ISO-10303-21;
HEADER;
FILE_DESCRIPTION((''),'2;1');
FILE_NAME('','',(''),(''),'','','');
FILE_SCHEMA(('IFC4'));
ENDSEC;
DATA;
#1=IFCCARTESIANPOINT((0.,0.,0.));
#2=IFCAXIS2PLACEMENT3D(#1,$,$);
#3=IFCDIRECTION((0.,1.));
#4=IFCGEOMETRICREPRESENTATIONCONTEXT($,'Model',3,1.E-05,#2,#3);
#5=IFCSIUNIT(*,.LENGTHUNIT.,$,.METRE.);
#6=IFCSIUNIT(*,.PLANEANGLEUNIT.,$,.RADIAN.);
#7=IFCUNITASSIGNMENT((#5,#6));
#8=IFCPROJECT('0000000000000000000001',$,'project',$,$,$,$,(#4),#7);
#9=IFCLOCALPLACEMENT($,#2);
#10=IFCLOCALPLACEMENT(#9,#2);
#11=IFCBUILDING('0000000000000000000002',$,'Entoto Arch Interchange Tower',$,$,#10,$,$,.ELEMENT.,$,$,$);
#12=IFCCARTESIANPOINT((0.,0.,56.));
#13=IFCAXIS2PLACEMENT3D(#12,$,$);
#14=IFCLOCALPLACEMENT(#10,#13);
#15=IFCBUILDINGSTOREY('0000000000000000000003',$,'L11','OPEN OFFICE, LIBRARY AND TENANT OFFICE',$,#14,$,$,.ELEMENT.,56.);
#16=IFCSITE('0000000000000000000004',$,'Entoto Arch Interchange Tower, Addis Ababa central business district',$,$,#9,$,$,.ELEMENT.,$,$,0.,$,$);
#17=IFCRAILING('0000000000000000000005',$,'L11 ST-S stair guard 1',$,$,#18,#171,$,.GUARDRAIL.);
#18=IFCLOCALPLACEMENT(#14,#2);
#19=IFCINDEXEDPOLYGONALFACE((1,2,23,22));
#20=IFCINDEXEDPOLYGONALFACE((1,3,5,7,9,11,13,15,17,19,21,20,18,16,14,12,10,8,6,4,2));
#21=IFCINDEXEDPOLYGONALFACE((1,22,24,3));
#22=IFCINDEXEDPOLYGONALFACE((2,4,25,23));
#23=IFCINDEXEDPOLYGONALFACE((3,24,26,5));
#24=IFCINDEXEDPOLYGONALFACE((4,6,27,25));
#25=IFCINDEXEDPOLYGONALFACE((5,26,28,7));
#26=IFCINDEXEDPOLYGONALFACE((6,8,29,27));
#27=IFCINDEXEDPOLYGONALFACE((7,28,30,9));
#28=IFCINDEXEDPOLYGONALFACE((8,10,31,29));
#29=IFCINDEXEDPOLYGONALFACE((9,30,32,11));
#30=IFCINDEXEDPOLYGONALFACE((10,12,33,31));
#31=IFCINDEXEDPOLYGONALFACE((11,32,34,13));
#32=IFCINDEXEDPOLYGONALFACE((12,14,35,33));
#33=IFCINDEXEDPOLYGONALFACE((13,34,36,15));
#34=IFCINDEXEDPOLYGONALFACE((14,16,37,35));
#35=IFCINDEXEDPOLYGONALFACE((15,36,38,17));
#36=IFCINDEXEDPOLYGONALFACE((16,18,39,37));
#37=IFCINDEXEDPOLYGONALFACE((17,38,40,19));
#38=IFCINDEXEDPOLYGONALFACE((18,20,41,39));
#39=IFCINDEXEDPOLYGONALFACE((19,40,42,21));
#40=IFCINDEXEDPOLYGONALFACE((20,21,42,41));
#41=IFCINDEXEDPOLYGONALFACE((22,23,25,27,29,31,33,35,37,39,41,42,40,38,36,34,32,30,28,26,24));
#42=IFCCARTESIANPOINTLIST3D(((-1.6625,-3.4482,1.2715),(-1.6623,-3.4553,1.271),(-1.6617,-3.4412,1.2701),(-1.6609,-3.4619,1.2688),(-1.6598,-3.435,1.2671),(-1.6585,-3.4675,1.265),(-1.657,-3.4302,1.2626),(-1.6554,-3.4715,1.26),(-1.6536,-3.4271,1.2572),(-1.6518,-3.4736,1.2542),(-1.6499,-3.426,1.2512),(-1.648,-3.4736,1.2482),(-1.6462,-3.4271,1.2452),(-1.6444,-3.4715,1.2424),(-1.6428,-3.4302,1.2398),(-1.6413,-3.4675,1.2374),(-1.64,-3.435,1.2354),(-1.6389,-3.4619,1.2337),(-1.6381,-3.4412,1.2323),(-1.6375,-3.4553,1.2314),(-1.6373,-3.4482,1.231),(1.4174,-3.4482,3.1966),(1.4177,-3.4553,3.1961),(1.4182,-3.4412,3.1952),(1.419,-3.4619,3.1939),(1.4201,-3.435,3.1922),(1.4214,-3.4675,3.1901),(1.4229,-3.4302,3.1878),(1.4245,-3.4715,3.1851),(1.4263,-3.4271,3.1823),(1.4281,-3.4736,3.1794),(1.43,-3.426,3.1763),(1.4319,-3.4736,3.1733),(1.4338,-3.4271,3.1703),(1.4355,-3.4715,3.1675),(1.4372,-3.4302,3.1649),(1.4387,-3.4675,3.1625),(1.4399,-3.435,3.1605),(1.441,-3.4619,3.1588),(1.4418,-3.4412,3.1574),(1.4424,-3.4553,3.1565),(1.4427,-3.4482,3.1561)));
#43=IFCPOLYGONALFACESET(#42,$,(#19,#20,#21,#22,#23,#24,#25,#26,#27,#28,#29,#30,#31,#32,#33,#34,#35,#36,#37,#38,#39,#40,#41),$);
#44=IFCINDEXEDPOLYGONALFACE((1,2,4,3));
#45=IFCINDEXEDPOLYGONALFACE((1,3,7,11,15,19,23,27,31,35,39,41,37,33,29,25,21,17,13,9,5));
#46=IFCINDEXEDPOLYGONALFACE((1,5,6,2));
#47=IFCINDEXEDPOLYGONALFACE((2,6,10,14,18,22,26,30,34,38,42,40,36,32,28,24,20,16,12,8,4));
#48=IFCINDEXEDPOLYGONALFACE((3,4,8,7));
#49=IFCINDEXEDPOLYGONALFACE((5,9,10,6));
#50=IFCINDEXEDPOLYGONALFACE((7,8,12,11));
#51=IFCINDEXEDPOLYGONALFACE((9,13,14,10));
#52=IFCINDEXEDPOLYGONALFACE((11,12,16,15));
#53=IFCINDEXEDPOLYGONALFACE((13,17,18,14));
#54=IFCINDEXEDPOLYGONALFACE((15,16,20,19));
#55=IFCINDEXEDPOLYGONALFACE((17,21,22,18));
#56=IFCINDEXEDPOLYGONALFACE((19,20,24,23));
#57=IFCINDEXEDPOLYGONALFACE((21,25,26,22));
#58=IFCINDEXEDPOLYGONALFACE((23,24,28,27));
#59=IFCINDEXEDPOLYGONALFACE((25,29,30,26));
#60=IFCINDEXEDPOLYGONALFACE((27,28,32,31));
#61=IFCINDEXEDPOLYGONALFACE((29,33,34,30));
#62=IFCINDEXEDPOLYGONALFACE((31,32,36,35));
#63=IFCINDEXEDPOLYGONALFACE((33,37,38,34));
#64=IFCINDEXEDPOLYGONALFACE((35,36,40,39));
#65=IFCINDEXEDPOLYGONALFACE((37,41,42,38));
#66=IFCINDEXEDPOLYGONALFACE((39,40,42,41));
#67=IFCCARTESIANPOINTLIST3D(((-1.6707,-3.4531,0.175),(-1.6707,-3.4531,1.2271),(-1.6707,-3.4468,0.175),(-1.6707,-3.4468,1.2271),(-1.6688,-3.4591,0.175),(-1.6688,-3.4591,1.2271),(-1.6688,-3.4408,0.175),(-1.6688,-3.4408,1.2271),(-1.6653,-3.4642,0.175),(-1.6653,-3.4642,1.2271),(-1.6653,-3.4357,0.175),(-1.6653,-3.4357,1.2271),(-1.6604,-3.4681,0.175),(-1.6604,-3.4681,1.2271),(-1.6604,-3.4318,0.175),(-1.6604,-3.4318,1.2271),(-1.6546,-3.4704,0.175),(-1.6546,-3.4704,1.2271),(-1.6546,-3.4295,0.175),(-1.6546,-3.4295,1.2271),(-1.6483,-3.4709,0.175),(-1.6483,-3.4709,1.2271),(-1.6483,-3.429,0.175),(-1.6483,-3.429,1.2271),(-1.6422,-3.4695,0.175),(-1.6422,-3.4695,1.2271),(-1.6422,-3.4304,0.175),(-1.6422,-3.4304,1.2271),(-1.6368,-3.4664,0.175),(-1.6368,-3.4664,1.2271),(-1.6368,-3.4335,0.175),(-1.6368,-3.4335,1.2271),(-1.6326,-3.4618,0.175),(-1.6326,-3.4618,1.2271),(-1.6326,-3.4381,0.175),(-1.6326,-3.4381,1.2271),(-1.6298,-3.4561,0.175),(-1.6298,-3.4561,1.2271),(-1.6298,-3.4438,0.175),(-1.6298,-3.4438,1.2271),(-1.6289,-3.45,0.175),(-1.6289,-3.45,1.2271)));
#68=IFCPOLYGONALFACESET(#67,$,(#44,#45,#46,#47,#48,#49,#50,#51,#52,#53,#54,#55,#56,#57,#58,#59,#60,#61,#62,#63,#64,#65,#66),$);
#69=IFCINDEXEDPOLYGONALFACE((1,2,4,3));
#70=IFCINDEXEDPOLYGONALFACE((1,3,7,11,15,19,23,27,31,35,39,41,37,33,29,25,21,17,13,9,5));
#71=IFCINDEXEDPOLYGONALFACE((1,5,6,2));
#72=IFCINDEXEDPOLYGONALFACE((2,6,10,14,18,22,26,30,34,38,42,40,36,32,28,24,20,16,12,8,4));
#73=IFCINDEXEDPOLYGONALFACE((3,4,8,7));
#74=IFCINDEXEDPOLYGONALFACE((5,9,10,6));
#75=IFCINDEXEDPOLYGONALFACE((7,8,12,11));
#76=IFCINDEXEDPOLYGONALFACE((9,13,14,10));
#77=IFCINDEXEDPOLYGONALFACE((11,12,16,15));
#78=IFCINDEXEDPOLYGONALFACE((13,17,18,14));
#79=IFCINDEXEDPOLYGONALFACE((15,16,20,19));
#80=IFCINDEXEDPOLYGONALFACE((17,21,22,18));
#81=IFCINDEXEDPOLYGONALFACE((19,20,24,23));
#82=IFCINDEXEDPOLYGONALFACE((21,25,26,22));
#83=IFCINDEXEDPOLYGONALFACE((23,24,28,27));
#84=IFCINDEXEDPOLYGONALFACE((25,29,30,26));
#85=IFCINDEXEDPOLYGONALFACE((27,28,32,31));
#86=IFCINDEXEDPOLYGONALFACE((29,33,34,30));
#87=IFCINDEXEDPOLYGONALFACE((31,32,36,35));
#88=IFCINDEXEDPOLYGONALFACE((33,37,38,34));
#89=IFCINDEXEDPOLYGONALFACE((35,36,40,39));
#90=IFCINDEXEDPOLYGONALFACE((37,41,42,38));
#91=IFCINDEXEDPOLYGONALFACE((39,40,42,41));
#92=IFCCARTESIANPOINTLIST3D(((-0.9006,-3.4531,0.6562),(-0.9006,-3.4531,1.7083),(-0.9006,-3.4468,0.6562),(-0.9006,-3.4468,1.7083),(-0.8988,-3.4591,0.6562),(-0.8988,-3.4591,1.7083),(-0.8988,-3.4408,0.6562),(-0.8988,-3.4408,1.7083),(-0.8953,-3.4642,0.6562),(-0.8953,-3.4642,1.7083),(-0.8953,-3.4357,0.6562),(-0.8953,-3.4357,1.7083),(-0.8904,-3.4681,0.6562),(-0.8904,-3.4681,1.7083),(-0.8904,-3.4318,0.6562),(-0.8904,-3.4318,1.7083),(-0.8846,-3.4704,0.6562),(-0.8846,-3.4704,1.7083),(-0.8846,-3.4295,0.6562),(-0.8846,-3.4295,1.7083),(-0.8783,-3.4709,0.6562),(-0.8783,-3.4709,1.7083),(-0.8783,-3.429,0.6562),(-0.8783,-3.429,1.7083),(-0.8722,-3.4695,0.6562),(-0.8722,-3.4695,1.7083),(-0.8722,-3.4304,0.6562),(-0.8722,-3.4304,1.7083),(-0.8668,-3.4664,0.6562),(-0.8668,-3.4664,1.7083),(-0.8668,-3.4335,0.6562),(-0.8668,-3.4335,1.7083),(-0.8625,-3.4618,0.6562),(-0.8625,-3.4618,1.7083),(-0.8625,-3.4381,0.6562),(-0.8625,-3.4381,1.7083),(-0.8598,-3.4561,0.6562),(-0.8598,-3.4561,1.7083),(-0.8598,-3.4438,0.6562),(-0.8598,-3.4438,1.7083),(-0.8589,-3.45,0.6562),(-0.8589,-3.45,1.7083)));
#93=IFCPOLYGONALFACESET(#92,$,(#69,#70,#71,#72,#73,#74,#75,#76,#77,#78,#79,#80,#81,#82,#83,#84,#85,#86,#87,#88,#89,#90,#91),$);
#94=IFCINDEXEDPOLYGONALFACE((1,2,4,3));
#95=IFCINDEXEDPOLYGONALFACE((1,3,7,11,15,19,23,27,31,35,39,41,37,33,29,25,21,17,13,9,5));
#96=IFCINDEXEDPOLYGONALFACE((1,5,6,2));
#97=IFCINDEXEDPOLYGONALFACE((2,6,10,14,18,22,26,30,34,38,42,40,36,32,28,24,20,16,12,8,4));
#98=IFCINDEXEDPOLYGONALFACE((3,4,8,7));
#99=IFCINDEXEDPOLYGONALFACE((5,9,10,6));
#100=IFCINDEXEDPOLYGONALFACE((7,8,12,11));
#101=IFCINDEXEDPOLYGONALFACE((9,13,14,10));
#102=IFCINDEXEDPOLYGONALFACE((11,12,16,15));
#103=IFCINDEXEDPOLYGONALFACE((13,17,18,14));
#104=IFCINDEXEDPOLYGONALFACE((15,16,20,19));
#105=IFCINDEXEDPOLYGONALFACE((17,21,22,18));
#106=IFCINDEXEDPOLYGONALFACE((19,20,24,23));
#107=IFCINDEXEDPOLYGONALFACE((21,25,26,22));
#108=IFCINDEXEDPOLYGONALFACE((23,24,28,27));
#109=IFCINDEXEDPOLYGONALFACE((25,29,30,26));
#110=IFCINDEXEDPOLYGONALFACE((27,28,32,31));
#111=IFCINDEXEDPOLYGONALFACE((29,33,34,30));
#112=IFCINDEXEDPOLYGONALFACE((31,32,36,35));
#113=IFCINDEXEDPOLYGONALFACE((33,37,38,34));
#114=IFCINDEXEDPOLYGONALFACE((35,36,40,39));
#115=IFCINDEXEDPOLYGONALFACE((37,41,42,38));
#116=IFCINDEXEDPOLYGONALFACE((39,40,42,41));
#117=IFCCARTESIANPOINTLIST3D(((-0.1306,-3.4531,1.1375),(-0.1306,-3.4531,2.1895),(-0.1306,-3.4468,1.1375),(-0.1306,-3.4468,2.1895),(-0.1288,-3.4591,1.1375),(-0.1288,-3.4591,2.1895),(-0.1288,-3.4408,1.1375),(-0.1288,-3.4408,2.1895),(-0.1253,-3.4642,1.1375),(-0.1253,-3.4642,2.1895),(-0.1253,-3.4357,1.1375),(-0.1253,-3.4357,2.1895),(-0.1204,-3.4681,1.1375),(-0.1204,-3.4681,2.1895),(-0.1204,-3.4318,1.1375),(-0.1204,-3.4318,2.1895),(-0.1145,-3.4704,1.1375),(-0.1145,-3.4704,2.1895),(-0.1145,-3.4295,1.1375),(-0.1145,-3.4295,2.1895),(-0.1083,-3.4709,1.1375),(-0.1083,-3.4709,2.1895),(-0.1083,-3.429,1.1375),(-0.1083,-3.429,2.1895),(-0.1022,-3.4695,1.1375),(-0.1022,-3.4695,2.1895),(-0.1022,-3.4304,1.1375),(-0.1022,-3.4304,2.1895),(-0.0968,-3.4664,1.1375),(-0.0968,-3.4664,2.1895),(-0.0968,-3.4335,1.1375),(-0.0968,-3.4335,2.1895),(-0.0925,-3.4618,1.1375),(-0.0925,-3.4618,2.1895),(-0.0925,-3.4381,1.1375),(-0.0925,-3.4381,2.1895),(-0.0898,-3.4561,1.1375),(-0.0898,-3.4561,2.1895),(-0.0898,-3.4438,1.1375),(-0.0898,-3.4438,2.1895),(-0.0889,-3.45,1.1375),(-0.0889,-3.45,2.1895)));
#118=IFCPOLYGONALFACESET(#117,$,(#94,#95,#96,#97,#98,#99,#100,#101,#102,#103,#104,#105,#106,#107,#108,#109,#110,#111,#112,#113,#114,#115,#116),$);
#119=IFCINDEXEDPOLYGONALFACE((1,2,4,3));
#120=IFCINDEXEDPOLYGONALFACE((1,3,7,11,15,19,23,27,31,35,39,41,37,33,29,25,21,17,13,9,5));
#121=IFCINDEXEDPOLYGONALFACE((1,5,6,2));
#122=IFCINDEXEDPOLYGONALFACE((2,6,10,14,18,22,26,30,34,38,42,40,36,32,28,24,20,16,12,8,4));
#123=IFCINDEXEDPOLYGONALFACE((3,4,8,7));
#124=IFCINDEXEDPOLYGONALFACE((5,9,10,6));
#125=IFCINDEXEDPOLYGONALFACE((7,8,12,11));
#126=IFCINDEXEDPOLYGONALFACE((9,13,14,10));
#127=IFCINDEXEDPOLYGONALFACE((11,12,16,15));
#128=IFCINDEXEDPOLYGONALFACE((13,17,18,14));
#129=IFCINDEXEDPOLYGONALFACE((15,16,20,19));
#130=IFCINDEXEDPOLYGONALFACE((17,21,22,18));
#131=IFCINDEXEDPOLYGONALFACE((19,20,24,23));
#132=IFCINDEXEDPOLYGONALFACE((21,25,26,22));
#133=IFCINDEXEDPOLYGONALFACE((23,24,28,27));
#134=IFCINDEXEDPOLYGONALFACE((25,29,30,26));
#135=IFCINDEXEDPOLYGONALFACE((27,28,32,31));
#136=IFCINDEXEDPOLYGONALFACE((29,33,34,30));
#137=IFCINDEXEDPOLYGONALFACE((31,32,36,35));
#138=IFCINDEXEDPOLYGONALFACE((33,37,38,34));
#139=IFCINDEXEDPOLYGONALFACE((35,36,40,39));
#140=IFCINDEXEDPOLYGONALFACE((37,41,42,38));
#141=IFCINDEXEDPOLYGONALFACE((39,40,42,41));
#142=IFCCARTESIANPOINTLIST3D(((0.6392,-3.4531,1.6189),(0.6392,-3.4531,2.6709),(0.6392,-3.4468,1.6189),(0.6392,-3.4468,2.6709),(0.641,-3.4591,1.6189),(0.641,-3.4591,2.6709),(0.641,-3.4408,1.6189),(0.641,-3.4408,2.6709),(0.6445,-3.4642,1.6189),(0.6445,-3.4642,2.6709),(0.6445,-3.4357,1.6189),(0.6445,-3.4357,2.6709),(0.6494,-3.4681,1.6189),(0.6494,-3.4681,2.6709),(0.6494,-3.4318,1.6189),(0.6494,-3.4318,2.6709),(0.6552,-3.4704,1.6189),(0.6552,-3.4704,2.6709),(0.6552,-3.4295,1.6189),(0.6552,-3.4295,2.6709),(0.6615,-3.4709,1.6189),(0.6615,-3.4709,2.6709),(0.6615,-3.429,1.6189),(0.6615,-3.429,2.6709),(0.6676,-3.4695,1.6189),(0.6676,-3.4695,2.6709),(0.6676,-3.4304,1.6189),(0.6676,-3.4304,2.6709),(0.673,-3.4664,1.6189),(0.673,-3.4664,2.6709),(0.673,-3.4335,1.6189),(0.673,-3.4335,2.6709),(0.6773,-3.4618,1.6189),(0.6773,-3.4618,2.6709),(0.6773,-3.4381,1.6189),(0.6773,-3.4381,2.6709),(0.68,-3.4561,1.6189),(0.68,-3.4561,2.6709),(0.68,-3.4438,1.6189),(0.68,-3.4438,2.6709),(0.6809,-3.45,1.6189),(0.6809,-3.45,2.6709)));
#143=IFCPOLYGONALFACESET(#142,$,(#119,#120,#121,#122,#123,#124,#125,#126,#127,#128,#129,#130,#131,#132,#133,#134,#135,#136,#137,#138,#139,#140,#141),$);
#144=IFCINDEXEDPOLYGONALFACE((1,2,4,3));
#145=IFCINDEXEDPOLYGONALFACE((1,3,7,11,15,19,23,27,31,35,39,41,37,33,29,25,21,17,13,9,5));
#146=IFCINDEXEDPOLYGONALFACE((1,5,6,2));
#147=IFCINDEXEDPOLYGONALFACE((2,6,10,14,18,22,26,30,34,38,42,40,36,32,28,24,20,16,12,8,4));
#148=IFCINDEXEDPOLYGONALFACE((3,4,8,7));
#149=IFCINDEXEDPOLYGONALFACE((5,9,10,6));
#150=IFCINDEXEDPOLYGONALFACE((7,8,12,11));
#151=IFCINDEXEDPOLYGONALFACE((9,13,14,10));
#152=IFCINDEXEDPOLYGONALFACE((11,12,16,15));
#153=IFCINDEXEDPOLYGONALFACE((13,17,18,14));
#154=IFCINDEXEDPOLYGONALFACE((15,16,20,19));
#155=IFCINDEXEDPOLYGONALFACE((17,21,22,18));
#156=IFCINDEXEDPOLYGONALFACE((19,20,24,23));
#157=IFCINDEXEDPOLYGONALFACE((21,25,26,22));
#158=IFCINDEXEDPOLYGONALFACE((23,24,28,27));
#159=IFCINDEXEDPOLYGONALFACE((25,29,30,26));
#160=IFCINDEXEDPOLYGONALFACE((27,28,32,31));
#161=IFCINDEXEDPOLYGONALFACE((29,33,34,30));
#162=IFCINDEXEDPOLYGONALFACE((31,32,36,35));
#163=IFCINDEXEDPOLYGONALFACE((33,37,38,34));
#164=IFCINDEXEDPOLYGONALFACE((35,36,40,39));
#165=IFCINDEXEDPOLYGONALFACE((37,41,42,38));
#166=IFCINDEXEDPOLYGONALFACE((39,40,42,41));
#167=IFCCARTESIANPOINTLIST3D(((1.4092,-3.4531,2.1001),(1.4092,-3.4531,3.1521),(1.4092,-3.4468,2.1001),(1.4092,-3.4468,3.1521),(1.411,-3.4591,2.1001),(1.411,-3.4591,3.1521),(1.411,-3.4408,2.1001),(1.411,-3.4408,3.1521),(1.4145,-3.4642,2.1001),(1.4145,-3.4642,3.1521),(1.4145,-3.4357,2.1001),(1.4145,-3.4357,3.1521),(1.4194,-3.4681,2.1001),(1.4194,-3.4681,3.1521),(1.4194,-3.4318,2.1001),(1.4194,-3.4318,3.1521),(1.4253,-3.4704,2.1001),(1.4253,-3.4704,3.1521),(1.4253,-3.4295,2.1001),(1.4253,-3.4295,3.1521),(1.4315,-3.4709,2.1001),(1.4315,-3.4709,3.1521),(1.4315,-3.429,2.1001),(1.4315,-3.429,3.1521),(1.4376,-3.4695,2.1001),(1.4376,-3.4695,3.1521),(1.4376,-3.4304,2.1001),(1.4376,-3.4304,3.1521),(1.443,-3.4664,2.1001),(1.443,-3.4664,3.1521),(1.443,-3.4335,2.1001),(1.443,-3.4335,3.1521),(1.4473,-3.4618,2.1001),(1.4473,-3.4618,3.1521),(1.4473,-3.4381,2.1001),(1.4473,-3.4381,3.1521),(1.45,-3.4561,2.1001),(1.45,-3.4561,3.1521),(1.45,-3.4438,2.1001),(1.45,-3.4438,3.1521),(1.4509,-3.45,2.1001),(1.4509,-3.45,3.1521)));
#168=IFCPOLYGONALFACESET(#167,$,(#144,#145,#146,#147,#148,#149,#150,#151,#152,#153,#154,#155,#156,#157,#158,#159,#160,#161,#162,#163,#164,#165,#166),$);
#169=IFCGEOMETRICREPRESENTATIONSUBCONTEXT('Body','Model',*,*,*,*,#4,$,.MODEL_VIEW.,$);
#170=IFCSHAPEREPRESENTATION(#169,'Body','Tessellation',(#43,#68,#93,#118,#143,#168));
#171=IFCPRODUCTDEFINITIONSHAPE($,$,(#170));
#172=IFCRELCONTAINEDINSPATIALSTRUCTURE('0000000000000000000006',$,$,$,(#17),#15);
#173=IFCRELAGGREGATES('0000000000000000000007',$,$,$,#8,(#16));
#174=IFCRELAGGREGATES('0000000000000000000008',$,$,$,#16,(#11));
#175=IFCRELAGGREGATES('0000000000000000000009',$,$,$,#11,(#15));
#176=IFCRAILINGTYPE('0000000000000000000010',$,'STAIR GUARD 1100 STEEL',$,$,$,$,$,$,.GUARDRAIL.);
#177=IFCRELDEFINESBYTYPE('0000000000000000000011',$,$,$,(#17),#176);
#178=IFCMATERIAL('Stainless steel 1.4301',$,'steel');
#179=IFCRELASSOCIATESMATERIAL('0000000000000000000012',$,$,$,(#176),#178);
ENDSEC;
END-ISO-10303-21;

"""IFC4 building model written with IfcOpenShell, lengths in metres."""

from ifc_helpers import new_model, si_unit, direction, frame, origin, origin_2d, place, context, subcontext, project, spatial, circle, extrude, material, type_object, element, save


model = new_model("IFC4")

# Units and contexts
model_context = context("Model", 3, precision=1e-05, world=origin(), true_north=direction((0.0, 1.0)))
body_context = subcontext(model_context, "Body", "Model", "MODEL_VIEW")
ifc_project = project(units=[si_unit("LENGTHUNIT", "METRE"), si_unit("PLANEANGLEUNIT", "RADIAN")], contexts=[model_context])

# Site, building, storey
site_placement = place(None, origin())
site = spatial("IfcSite", under=ifc_project, at=site_placement, Name="Entoto Arch Interchange Tower, Addis Ababa central business district", CompositionType="ELEMENT", RefElevation=0.0)
building_placement = place(site_placement, origin())
building = spatial("IfcBuilding", under=site, at=building_placement, Name="Entoto Arch Interchange Tower", CompositionType="ELEMENT")
storey_placement = place(building_placement, frame((0.0, 0.0, 56.0)))
storey = spatial("IfcBuildingStorey", under=building, at=storey_placement, Name="L11", Description="OPEN OFFICE, LIBRARY AND TENANT OFFICE", CompositionType="ELEMENT", Elevation=56.0)

# Railing
ifc_material_1 = material(Name="Stainless steel 1.4301", Category="steel")
railing_type_1 = type_object("IfcRailingType", Name="STAIR GUARD 1100 STEEL", PredefinedType="GUARDRAIL", material=ifc_material_1)
railing_1_placement = place(storey_placement, frame((-1.6499, -3.45, 0.175)))
element("IfcRailing", 1, at=railing_1_placement, inside=storey, type_object=railing_type_1, Name="L11 ST-S stair guard 1", PredefinedType="GUARDRAIL", context=body_context, shape_type="SweptSolid", body=[
    extrude(circle(Radius=0.0239, at=origin_2d()), frame((0.0, 0.0, 1.0762), z_axis=(0.847979, 0.0, 0.530029), x_axis=(0.0, 1.0, 0.0)), (0.0, 0.0, 1.0), 3.6321),
    extrude(circle(Radius=0.021, at=origin_2d()), origin(), (0.0, 0.0, 1.0), 1.052),
    extrude(circle(Radius=0.021, at=origin_2d()), frame((0.77, 0.0, 0.4812)), (0.0, 0.0, 1.0), 1.052),
    extrude(circle(Radius=0.021, at=origin_2d()), frame((1.54, 0.0, 0.9624)), (0.0, 0.0, 1.0), 1.052),
    extrude(circle(Radius=0.021, at=origin_2d()), frame((2.3098, 0.0, 1.4438)), (0.0, 0.0, 1.0), 1.052),
    extrude(circle(Radius=0.021, at=origin_2d()), frame((3.0798, 0.0, 1.925)), (0.0, 0.0, 1.0), 1.052),
])

save(model, "model.ifc")
